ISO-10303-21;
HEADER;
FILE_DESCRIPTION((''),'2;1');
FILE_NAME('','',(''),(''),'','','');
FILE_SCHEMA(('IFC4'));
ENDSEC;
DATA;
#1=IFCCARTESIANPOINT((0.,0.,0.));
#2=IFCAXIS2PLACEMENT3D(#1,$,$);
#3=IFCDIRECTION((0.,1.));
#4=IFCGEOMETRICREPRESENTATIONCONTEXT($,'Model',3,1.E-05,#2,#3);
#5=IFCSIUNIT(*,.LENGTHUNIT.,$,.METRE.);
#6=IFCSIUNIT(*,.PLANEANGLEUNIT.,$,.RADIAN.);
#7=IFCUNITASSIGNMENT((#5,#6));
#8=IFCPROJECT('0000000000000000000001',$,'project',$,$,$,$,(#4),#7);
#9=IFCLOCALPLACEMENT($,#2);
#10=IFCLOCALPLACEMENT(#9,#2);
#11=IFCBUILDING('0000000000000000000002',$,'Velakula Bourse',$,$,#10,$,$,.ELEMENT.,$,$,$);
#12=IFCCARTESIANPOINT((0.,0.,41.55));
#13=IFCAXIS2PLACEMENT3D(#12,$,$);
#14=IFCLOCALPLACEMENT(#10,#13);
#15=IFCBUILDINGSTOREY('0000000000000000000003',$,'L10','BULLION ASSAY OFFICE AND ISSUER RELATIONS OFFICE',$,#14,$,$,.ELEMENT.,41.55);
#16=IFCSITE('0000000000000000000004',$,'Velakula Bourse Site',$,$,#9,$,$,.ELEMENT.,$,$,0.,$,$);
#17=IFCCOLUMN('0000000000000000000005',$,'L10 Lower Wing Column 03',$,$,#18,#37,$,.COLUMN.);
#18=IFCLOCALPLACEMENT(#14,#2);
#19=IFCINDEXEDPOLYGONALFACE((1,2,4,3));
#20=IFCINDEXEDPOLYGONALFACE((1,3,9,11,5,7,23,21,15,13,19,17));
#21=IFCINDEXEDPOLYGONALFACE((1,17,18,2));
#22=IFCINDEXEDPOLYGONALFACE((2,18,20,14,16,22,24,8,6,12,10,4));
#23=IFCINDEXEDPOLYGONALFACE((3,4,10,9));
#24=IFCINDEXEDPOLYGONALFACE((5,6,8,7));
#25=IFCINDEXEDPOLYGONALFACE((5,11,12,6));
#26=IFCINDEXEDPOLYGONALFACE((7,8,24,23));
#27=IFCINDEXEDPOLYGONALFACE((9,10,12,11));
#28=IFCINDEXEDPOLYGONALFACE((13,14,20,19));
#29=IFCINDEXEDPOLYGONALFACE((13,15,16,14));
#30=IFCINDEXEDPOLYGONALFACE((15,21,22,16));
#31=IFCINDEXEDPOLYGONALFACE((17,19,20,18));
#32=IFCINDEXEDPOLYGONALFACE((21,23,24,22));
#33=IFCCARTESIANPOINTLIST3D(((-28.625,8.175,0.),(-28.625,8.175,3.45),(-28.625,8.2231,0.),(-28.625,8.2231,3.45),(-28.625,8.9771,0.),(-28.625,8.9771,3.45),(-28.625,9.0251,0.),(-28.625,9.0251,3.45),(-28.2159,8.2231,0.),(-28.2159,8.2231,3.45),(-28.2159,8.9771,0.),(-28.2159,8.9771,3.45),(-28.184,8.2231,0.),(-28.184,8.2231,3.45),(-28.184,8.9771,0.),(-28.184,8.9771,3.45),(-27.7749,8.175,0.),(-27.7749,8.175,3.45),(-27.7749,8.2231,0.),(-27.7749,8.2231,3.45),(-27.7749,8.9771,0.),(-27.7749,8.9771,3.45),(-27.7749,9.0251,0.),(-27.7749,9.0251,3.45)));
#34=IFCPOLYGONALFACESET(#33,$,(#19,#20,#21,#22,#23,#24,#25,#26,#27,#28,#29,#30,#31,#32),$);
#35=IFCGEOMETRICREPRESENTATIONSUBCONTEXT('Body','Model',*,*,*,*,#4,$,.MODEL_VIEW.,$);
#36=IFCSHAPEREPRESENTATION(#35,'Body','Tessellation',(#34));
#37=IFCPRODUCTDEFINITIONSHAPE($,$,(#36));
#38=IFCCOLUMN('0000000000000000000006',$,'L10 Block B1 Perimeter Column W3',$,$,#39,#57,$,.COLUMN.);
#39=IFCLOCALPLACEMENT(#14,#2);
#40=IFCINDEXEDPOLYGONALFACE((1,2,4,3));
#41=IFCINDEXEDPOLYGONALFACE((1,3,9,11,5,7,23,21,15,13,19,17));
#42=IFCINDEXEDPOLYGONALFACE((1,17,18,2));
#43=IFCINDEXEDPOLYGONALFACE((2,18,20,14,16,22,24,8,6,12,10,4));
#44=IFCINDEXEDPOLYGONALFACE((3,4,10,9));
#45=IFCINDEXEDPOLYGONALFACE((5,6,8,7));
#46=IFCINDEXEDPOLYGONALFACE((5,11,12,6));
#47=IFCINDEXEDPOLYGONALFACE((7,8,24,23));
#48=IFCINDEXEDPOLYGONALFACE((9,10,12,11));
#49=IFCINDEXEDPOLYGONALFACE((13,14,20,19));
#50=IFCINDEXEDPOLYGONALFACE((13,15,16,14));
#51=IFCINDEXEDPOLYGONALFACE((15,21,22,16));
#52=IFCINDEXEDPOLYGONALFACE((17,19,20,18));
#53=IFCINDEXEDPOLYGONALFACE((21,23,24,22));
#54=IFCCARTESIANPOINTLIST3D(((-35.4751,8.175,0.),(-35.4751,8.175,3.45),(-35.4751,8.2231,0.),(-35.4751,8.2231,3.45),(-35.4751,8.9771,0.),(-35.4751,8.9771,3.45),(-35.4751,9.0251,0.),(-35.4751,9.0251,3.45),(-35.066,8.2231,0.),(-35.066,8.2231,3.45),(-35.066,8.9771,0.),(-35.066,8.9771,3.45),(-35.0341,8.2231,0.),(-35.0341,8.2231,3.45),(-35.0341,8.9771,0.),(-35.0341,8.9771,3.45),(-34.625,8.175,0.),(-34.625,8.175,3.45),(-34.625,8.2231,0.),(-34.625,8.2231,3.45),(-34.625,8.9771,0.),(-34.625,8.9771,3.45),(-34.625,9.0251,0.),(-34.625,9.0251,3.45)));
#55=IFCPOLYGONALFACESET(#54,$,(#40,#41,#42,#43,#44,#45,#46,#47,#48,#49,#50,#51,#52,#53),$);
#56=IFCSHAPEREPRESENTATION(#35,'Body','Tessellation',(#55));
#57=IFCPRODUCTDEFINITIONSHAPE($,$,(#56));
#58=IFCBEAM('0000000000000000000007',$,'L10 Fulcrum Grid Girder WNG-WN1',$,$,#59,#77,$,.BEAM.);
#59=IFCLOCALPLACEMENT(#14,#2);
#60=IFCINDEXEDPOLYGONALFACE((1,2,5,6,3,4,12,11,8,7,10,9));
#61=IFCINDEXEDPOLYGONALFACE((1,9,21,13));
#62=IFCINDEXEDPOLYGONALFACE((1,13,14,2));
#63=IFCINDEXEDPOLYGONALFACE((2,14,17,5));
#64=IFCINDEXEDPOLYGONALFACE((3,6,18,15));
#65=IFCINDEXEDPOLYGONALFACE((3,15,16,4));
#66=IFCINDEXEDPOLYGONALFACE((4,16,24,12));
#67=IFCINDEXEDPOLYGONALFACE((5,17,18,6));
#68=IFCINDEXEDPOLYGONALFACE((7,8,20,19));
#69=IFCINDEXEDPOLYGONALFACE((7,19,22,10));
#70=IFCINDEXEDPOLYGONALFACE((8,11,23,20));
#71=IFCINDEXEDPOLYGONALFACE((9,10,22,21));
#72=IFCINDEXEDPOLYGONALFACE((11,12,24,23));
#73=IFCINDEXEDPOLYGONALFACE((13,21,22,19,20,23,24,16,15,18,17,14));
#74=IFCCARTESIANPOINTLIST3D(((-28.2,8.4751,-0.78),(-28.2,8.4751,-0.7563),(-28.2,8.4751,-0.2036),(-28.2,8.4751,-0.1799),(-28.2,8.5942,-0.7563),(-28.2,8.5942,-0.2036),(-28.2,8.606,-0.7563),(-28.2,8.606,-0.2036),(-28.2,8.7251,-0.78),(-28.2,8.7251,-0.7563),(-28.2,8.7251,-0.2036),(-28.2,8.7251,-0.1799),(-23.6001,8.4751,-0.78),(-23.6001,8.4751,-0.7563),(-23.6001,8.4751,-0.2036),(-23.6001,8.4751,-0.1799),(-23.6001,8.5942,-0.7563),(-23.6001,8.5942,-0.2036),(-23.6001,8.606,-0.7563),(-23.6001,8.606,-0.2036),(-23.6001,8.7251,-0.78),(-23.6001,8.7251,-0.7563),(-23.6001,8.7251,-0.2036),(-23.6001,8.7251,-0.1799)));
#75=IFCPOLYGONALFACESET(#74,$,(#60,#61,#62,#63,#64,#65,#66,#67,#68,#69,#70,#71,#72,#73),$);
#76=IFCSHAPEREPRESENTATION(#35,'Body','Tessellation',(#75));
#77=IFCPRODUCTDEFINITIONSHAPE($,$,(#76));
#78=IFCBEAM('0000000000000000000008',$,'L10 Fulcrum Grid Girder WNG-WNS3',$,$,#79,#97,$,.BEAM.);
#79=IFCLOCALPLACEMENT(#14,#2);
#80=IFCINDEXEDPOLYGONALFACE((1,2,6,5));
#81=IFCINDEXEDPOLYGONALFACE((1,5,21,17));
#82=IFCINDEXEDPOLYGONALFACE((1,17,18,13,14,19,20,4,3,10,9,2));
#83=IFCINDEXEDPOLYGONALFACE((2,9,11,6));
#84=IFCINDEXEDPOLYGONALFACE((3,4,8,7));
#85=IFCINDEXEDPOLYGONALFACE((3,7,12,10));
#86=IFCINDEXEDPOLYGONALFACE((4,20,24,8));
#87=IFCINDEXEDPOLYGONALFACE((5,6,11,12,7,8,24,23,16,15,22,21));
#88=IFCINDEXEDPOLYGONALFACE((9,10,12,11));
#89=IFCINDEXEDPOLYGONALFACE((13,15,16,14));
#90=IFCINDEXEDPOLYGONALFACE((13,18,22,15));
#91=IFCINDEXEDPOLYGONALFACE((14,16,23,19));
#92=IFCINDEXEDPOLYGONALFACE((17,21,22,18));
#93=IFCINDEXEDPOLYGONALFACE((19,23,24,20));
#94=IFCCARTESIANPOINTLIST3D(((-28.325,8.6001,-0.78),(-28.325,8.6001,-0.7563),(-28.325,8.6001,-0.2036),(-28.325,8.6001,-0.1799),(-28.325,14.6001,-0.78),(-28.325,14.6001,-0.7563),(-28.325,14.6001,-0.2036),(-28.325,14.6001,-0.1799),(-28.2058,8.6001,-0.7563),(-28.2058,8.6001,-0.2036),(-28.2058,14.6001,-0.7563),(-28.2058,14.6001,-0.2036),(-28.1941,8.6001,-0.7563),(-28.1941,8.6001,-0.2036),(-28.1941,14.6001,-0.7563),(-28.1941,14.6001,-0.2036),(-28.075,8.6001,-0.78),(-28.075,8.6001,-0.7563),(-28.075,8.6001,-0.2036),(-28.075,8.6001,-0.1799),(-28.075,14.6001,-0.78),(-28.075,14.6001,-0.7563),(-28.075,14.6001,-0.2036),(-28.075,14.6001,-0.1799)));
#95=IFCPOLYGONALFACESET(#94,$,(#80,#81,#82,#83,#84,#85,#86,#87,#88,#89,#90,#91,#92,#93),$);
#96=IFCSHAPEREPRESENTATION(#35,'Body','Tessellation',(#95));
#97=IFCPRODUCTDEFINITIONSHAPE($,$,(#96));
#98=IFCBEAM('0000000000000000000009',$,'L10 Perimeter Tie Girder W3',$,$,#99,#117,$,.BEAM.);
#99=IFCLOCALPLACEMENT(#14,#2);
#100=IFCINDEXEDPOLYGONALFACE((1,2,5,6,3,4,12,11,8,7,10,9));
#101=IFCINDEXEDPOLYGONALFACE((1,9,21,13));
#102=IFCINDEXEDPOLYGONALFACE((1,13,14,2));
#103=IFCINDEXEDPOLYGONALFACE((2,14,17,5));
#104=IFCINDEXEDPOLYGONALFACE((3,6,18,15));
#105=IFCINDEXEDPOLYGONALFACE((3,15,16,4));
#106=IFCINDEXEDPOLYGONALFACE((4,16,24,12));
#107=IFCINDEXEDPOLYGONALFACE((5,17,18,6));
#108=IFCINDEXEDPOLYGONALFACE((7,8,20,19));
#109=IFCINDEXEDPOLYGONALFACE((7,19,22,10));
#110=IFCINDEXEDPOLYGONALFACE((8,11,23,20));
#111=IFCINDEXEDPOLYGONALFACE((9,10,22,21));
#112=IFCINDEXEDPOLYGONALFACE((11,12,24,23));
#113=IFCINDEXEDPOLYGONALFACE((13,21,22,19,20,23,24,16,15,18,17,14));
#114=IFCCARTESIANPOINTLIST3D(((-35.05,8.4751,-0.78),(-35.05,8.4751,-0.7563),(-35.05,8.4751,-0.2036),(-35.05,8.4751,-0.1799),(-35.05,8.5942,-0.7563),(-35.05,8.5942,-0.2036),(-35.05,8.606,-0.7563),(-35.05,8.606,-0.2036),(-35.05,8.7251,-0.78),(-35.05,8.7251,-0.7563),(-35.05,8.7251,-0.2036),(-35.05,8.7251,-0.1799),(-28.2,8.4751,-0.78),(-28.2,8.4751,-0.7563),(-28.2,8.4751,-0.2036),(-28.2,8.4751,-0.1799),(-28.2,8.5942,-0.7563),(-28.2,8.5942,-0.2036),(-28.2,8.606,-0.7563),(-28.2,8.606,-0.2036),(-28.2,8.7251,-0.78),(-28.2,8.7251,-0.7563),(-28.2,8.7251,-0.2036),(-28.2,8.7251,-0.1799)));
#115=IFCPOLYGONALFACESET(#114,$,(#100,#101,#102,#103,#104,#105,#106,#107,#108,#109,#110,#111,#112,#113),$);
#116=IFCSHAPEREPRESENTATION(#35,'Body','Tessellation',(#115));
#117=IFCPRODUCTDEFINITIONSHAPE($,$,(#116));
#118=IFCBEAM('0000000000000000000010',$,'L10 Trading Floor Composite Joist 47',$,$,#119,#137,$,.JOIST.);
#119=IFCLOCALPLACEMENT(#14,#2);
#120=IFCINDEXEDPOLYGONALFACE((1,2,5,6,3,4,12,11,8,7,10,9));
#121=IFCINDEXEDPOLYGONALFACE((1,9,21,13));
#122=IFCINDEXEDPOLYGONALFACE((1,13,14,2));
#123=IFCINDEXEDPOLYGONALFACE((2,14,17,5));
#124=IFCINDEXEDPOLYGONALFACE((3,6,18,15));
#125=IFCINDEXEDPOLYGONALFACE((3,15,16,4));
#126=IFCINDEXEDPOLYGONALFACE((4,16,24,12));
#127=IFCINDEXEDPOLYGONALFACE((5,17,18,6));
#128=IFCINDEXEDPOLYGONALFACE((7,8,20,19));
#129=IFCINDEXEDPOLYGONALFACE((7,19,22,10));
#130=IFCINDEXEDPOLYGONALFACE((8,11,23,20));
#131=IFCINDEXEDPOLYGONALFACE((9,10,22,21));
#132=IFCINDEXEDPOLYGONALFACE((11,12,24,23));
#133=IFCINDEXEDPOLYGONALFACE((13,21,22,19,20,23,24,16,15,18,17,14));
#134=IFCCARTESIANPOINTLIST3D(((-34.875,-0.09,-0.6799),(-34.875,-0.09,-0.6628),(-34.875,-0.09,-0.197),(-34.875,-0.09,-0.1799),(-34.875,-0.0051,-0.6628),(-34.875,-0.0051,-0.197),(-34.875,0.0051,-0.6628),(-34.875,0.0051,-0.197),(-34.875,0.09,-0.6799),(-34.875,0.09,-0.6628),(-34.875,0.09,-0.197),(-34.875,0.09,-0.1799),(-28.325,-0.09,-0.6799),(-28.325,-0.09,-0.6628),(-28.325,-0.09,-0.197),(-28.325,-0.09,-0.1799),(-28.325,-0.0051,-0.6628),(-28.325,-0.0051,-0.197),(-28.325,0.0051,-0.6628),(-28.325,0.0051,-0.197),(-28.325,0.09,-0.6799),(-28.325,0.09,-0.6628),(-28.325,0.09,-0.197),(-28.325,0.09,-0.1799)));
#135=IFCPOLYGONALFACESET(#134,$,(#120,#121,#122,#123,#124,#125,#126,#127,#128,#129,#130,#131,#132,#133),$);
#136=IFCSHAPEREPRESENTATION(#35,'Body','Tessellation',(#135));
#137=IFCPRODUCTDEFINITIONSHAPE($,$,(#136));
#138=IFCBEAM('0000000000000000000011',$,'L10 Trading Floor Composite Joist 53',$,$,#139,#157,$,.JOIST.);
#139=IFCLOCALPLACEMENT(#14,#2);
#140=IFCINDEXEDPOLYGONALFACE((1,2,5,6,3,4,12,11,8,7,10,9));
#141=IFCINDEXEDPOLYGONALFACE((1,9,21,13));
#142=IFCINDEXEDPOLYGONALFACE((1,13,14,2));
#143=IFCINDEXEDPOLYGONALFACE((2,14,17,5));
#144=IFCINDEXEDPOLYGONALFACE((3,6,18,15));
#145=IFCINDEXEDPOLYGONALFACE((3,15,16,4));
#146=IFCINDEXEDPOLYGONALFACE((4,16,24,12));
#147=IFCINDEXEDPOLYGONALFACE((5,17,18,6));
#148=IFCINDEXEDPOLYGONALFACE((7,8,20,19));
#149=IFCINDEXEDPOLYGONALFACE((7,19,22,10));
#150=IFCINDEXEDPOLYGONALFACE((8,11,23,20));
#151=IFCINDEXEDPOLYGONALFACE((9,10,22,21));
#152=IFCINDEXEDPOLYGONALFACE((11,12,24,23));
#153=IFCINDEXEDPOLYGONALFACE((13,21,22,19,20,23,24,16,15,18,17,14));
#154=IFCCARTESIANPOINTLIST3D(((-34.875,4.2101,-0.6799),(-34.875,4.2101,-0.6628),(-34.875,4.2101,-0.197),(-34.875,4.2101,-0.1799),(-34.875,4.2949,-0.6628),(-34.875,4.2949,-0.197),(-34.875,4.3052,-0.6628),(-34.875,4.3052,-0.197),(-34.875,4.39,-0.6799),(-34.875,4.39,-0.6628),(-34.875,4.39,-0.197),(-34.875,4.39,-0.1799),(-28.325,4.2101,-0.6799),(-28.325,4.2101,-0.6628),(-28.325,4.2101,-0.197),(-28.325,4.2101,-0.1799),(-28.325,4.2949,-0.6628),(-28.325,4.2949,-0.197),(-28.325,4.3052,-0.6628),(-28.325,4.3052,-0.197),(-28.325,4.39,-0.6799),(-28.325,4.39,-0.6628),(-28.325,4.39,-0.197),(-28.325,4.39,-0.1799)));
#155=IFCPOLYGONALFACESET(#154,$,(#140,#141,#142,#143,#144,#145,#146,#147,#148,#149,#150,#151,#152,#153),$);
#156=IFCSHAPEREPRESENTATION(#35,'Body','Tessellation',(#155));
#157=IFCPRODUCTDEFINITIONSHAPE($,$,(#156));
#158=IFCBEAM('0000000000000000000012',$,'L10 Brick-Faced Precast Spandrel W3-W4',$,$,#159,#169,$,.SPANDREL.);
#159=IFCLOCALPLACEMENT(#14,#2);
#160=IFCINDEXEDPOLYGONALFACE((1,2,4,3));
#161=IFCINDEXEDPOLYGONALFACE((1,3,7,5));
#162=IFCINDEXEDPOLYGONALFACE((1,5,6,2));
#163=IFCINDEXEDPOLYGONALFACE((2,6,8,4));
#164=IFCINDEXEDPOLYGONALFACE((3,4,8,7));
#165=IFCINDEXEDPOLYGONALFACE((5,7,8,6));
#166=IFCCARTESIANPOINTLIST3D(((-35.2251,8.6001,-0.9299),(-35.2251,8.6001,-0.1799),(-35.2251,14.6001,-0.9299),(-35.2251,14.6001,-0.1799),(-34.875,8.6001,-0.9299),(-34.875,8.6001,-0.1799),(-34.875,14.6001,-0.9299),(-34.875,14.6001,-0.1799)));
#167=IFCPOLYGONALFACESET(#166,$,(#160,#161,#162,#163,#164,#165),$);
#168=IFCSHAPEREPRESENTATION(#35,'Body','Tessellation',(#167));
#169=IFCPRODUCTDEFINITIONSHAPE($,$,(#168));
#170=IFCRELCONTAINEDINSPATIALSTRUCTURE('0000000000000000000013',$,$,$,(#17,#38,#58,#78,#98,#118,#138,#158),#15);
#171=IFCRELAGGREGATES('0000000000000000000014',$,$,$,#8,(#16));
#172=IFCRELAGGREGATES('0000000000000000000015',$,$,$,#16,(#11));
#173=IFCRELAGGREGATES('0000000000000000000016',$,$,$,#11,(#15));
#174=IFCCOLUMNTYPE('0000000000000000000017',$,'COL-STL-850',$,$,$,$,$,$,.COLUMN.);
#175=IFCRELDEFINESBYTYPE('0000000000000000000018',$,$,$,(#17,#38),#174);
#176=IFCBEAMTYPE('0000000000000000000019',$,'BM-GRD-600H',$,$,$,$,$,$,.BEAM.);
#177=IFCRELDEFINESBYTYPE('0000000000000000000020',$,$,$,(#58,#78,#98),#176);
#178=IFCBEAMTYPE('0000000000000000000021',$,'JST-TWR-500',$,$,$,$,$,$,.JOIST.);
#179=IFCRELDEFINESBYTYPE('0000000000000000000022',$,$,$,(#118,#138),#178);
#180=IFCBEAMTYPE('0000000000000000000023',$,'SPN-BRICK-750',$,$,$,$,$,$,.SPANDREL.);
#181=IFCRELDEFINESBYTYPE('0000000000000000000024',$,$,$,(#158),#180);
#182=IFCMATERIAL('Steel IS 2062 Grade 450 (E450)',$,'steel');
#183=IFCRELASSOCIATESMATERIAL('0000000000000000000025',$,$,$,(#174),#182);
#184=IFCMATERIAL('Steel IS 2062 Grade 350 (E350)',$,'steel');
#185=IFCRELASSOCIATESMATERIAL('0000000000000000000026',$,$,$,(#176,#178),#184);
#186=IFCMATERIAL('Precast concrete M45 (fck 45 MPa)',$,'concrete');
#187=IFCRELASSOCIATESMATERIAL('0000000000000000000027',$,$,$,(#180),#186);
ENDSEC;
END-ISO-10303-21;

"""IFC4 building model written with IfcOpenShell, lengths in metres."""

from ifc_helpers import new_model, si_unit, direction, frame, origin, origin_2d, place, context, subcontext, project, spatial, rectangle, i_section, extrude, material, material_profile, profile_set, type_object, element, save


model = new_model("IFC4")

# Units and contexts
model_context = context("Model", 3, precision=1e-05, world=origin(), true_north=direction((0.0, 1.0)))
body_context = subcontext(model_context, "Body", "Model", "MODEL_VIEW")
ifc_project = project(units=[si_unit("LENGTHUNIT", "METRE"), si_unit("PLANEANGLEUNIT", "RADIAN")], contexts=[model_context])

# Site, building, storey
site_placement = place(None, origin())
site = spatial("IfcSite", under=ifc_project, at=site_placement, Name="Velakula Bourse Site", CompositionType="ELEMENT", RefElevation=0.0)
building_placement = place(site_placement, origin())
building = spatial("IfcBuilding", under=site, at=building_placement, Name="Velakula Bourse", CompositionType="ELEMENT")
storey_placement = place(building_placement, frame((0.0, 0.0, 41.55)))
storey = spatial("IfcBuildingStorey", under=building, at=storey_placement, Name="L10", Description="BULLION ASSAY OFFICE AND ISSUER RELATIONS OFFICE", CompositionType="ELEMENT", Elevation=41.55)

# Columns
ifc_material_1 = material(Name="Steel IS 2062 Grade 450 (E450)", Category="steel")
ifc_material_profile_1 = material_profile(ifc_material_1, i_section(OverallWidth=0.8501, OverallDepth=0.8501, WebThickness=0.032, FlangeThickness=0.0481, at=origin_2d()), Name="Steel IS 2062 Grade 450 (E450)")
ifc_profile_set_1 = profile_set([ifc_material_profile_1], Name="Steel IS 2062 Grade 450 (E450)")
column_type = type_object("IfcColumnType", Name="COL-STL-850", PredefinedType="COLUMN", material=ifc_profile_set_1)
for number, where, z_axis, x_axis, name in (
    (1, (-28.2, 8.6001, 0.0), (0.0, 0.0, 1.0), (1.0, 0.0, 0.0), "L10 Lower Wing Column 03"),
    (2, (-35.05, 8.6001, 0.0), (0.0, 0.0, 1.0), (1.0, 0.0, 0.0), "L10 Block B1 Perimeter Column W3"),
):
    element("IfcColumn", number, at=place(storey_placement, frame(where, z_axis=z_axis, x_axis=x_axis)), inside=storey, type_object=column_type, Name=name, PredefinedType="COLUMN", context=body_context, shape_type="SweptSolid", body=[
        extrude(i_section(OverallWidth=0.8501, OverallDepth=0.8501, WebThickness=0.032, FlangeThickness=0.0481, at=origin_2d()), origin(), (0.0, 0.0, 1.0), 3.45),
    ])

# Beams
ifc_material_2 = material(Name="Steel IS 2062 Grade 350 (E350)", Category="steel")
ifc_material_profile_2 = material_profile(ifc_material_2, i_section(OverallWidth=0.25, OverallDepth=0.6001, WebThickness=0.0117, FlangeThickness=0.0237, at=origin_2d()), Name="Steel IS 2062 Grade 350 (E350)")
ifc_profile_set_2 = profile_set([ifc_material_profile_2], Name="Steel IS 2062 Grade 350 (E350)")
beam_type_1 = type_object("IfcBeamType", Name="BM-GRD-600H", PredefinedType="BEAM", material=ifc_profile_set_2)
beam_1_placement = place(storey_placement, frame((-28.2, 8.6001, -0.48), z_axis=(1.0, 0.0, 0.0), x_axis=(0.0, 1.0, 0.0)))
element("IfcBeam", 3, at=beam_1_placement, inside=storey, type_object=beam_type_1, Name="L10 Fulcrum Grid Girder WNG-WN1", PredefinedType="BEAM", context=body_context, shape_type="SweptSolid", body=[
    extrude(i_section(OverallWidth=0.25, OverallDepth=0.6001, WebThickness=0.0117, FlangeThickness=0.0237, at=origin_2d()), origin(), (0.0, 0.0, 1.0), 4.5999),
])
beam_2_placement = place(storey_placement, frame((-28.2, 8.6001, -0.48), z_axis=(0.0, 1.0, 0.0), x_axis=(-1.0, 0.0, 0.0)))
element("IfcBeam", 4, at=beam_2_placement, inside=storey, type_object=beam_type_1, Name="L10 Fulcrum Grid Girder WNG-WNS3", PredefinedType="BEAM", context=body_context, shape_type="SweptSolid", body=[
    extrude(i_section(OverallWidth=0.25, OverallDepth=0.6001, WebThickness=0.0117, FlangeThickness=0.0237, at=origin_2d()), origin(), (0.0, 0.0, 1.0), 6.0),
])
beam_3_placement = place(storey_placement, frame((-28.2, 8.6001, -0.48), z_axis=(-1.0, 0.0, 0.0), x_axis=(0.0, -1.0, 0.0)))
element("IfcBeam", 5, at=beam_3_placement, inside=storey, type_object=beam_type_1, Name="L10 Perimeter Tie Girder W3", PredefinedType="BEAM", context=body_context, shape_type="SweptSolid", body=[
    extrude(i_section(OverallWidth=0.25, OverallDepth=0.6001, WebThickness=0.0117, FlangeThickness=0.0237, at=origin_2d()), origin(), (0.0, 0.0, 1.0), 6.8501),
])
ifc_material_profile_3 = material_profile(ifc_material_2, i_section(OverallWidth=0.1799, OverallDepth=0.5, WebThickness=0.0103, FlangeThickness=0.0171, at=origin_2d()), Name="Steel IS 2062 Grade 350 (E350)")
ifc_profile_set_3 = profile_set([ifc_material_profile_3], Name="Steel IS 2062 Grade 350 (E350)")
beam_type_2 = type_object("IfcBeamType", Name="JST-TWR-500", PredefinedType="JOIST", material=ifc_profile_set_3)
for number, where, z_axis, x_axis, name in (
    (6, (-34.875, 0.0, -0.4299), (1.0, 0.0, 0.0), (0.0, 1.0, 0.0), "L10 Trading Floor Composite Joist 47"),
    (7, (-34.875, 4.3, -0.4299), (1.0, 0.0, 0.0), (0.0, 1.0, 0.0), "L10 Trading Floor Composite Joist 53"),
):
    element("IfcBeam", number, at=place(storey_placement, frame(where, z_axis=z_axis, x_axis=x_axis)), inside=storey, type_object=beam_type_2, Name=name, PredefinedType="JOIST", context=body_context, shape_type="SweptSolid", body=[
        extrude(i_section(OverallWidth=0.1799, OverallDepth=0.5, WebThickness=0.0103, FlangeThickness=0.0171, at=origin_2d()), origin(), (0.0, 0.0, 1.0), 6.55),
    ])
ifc_material_3 = material(Name="Precast concrete M45 (fck 45 MPa)", Category="concrete")
ifc_material_profile_4 = material_profile(ifc_material_3, rectangle(XDim=0.3501, YDim=0.75, at=origin_2d()), Name="Precast concrete M45 (fck 45 MPa)")
ifc_profile_set_4 = profile_set([ifc_material_profile_4], Name="Precast concrete M45 (fck 45 MPa)")
beam_type_3 = type_object("IfcBeamType", Name="SPN-BRICK-750", PredefinedType="SPANDREL", material=ifc_profile_set_4)
beam_4_placement = place(storey_placement, frame((-35.05, 8.6001, -0.5549), z_axis=(0.0, 1.0, 0.0), x_axis=(-1.0, 0.0, 0.0)))
element("IfcBeam", 8, at=beam_4_placement, inside=storey, type_object=beam_type_3, Name="L10 Brick-Faced Precast Spandrel W3-W4", PredefinedType="SPANDREL", context=body_context, shape_type="SweptSolid", body=[
    extrude(rectangle(XDim=0.3501, YDim=0.75, at=origin_2d()), origin(), (0.0, 0.0, 1.0), 6.0),
])

save(model, "model.ifc")
